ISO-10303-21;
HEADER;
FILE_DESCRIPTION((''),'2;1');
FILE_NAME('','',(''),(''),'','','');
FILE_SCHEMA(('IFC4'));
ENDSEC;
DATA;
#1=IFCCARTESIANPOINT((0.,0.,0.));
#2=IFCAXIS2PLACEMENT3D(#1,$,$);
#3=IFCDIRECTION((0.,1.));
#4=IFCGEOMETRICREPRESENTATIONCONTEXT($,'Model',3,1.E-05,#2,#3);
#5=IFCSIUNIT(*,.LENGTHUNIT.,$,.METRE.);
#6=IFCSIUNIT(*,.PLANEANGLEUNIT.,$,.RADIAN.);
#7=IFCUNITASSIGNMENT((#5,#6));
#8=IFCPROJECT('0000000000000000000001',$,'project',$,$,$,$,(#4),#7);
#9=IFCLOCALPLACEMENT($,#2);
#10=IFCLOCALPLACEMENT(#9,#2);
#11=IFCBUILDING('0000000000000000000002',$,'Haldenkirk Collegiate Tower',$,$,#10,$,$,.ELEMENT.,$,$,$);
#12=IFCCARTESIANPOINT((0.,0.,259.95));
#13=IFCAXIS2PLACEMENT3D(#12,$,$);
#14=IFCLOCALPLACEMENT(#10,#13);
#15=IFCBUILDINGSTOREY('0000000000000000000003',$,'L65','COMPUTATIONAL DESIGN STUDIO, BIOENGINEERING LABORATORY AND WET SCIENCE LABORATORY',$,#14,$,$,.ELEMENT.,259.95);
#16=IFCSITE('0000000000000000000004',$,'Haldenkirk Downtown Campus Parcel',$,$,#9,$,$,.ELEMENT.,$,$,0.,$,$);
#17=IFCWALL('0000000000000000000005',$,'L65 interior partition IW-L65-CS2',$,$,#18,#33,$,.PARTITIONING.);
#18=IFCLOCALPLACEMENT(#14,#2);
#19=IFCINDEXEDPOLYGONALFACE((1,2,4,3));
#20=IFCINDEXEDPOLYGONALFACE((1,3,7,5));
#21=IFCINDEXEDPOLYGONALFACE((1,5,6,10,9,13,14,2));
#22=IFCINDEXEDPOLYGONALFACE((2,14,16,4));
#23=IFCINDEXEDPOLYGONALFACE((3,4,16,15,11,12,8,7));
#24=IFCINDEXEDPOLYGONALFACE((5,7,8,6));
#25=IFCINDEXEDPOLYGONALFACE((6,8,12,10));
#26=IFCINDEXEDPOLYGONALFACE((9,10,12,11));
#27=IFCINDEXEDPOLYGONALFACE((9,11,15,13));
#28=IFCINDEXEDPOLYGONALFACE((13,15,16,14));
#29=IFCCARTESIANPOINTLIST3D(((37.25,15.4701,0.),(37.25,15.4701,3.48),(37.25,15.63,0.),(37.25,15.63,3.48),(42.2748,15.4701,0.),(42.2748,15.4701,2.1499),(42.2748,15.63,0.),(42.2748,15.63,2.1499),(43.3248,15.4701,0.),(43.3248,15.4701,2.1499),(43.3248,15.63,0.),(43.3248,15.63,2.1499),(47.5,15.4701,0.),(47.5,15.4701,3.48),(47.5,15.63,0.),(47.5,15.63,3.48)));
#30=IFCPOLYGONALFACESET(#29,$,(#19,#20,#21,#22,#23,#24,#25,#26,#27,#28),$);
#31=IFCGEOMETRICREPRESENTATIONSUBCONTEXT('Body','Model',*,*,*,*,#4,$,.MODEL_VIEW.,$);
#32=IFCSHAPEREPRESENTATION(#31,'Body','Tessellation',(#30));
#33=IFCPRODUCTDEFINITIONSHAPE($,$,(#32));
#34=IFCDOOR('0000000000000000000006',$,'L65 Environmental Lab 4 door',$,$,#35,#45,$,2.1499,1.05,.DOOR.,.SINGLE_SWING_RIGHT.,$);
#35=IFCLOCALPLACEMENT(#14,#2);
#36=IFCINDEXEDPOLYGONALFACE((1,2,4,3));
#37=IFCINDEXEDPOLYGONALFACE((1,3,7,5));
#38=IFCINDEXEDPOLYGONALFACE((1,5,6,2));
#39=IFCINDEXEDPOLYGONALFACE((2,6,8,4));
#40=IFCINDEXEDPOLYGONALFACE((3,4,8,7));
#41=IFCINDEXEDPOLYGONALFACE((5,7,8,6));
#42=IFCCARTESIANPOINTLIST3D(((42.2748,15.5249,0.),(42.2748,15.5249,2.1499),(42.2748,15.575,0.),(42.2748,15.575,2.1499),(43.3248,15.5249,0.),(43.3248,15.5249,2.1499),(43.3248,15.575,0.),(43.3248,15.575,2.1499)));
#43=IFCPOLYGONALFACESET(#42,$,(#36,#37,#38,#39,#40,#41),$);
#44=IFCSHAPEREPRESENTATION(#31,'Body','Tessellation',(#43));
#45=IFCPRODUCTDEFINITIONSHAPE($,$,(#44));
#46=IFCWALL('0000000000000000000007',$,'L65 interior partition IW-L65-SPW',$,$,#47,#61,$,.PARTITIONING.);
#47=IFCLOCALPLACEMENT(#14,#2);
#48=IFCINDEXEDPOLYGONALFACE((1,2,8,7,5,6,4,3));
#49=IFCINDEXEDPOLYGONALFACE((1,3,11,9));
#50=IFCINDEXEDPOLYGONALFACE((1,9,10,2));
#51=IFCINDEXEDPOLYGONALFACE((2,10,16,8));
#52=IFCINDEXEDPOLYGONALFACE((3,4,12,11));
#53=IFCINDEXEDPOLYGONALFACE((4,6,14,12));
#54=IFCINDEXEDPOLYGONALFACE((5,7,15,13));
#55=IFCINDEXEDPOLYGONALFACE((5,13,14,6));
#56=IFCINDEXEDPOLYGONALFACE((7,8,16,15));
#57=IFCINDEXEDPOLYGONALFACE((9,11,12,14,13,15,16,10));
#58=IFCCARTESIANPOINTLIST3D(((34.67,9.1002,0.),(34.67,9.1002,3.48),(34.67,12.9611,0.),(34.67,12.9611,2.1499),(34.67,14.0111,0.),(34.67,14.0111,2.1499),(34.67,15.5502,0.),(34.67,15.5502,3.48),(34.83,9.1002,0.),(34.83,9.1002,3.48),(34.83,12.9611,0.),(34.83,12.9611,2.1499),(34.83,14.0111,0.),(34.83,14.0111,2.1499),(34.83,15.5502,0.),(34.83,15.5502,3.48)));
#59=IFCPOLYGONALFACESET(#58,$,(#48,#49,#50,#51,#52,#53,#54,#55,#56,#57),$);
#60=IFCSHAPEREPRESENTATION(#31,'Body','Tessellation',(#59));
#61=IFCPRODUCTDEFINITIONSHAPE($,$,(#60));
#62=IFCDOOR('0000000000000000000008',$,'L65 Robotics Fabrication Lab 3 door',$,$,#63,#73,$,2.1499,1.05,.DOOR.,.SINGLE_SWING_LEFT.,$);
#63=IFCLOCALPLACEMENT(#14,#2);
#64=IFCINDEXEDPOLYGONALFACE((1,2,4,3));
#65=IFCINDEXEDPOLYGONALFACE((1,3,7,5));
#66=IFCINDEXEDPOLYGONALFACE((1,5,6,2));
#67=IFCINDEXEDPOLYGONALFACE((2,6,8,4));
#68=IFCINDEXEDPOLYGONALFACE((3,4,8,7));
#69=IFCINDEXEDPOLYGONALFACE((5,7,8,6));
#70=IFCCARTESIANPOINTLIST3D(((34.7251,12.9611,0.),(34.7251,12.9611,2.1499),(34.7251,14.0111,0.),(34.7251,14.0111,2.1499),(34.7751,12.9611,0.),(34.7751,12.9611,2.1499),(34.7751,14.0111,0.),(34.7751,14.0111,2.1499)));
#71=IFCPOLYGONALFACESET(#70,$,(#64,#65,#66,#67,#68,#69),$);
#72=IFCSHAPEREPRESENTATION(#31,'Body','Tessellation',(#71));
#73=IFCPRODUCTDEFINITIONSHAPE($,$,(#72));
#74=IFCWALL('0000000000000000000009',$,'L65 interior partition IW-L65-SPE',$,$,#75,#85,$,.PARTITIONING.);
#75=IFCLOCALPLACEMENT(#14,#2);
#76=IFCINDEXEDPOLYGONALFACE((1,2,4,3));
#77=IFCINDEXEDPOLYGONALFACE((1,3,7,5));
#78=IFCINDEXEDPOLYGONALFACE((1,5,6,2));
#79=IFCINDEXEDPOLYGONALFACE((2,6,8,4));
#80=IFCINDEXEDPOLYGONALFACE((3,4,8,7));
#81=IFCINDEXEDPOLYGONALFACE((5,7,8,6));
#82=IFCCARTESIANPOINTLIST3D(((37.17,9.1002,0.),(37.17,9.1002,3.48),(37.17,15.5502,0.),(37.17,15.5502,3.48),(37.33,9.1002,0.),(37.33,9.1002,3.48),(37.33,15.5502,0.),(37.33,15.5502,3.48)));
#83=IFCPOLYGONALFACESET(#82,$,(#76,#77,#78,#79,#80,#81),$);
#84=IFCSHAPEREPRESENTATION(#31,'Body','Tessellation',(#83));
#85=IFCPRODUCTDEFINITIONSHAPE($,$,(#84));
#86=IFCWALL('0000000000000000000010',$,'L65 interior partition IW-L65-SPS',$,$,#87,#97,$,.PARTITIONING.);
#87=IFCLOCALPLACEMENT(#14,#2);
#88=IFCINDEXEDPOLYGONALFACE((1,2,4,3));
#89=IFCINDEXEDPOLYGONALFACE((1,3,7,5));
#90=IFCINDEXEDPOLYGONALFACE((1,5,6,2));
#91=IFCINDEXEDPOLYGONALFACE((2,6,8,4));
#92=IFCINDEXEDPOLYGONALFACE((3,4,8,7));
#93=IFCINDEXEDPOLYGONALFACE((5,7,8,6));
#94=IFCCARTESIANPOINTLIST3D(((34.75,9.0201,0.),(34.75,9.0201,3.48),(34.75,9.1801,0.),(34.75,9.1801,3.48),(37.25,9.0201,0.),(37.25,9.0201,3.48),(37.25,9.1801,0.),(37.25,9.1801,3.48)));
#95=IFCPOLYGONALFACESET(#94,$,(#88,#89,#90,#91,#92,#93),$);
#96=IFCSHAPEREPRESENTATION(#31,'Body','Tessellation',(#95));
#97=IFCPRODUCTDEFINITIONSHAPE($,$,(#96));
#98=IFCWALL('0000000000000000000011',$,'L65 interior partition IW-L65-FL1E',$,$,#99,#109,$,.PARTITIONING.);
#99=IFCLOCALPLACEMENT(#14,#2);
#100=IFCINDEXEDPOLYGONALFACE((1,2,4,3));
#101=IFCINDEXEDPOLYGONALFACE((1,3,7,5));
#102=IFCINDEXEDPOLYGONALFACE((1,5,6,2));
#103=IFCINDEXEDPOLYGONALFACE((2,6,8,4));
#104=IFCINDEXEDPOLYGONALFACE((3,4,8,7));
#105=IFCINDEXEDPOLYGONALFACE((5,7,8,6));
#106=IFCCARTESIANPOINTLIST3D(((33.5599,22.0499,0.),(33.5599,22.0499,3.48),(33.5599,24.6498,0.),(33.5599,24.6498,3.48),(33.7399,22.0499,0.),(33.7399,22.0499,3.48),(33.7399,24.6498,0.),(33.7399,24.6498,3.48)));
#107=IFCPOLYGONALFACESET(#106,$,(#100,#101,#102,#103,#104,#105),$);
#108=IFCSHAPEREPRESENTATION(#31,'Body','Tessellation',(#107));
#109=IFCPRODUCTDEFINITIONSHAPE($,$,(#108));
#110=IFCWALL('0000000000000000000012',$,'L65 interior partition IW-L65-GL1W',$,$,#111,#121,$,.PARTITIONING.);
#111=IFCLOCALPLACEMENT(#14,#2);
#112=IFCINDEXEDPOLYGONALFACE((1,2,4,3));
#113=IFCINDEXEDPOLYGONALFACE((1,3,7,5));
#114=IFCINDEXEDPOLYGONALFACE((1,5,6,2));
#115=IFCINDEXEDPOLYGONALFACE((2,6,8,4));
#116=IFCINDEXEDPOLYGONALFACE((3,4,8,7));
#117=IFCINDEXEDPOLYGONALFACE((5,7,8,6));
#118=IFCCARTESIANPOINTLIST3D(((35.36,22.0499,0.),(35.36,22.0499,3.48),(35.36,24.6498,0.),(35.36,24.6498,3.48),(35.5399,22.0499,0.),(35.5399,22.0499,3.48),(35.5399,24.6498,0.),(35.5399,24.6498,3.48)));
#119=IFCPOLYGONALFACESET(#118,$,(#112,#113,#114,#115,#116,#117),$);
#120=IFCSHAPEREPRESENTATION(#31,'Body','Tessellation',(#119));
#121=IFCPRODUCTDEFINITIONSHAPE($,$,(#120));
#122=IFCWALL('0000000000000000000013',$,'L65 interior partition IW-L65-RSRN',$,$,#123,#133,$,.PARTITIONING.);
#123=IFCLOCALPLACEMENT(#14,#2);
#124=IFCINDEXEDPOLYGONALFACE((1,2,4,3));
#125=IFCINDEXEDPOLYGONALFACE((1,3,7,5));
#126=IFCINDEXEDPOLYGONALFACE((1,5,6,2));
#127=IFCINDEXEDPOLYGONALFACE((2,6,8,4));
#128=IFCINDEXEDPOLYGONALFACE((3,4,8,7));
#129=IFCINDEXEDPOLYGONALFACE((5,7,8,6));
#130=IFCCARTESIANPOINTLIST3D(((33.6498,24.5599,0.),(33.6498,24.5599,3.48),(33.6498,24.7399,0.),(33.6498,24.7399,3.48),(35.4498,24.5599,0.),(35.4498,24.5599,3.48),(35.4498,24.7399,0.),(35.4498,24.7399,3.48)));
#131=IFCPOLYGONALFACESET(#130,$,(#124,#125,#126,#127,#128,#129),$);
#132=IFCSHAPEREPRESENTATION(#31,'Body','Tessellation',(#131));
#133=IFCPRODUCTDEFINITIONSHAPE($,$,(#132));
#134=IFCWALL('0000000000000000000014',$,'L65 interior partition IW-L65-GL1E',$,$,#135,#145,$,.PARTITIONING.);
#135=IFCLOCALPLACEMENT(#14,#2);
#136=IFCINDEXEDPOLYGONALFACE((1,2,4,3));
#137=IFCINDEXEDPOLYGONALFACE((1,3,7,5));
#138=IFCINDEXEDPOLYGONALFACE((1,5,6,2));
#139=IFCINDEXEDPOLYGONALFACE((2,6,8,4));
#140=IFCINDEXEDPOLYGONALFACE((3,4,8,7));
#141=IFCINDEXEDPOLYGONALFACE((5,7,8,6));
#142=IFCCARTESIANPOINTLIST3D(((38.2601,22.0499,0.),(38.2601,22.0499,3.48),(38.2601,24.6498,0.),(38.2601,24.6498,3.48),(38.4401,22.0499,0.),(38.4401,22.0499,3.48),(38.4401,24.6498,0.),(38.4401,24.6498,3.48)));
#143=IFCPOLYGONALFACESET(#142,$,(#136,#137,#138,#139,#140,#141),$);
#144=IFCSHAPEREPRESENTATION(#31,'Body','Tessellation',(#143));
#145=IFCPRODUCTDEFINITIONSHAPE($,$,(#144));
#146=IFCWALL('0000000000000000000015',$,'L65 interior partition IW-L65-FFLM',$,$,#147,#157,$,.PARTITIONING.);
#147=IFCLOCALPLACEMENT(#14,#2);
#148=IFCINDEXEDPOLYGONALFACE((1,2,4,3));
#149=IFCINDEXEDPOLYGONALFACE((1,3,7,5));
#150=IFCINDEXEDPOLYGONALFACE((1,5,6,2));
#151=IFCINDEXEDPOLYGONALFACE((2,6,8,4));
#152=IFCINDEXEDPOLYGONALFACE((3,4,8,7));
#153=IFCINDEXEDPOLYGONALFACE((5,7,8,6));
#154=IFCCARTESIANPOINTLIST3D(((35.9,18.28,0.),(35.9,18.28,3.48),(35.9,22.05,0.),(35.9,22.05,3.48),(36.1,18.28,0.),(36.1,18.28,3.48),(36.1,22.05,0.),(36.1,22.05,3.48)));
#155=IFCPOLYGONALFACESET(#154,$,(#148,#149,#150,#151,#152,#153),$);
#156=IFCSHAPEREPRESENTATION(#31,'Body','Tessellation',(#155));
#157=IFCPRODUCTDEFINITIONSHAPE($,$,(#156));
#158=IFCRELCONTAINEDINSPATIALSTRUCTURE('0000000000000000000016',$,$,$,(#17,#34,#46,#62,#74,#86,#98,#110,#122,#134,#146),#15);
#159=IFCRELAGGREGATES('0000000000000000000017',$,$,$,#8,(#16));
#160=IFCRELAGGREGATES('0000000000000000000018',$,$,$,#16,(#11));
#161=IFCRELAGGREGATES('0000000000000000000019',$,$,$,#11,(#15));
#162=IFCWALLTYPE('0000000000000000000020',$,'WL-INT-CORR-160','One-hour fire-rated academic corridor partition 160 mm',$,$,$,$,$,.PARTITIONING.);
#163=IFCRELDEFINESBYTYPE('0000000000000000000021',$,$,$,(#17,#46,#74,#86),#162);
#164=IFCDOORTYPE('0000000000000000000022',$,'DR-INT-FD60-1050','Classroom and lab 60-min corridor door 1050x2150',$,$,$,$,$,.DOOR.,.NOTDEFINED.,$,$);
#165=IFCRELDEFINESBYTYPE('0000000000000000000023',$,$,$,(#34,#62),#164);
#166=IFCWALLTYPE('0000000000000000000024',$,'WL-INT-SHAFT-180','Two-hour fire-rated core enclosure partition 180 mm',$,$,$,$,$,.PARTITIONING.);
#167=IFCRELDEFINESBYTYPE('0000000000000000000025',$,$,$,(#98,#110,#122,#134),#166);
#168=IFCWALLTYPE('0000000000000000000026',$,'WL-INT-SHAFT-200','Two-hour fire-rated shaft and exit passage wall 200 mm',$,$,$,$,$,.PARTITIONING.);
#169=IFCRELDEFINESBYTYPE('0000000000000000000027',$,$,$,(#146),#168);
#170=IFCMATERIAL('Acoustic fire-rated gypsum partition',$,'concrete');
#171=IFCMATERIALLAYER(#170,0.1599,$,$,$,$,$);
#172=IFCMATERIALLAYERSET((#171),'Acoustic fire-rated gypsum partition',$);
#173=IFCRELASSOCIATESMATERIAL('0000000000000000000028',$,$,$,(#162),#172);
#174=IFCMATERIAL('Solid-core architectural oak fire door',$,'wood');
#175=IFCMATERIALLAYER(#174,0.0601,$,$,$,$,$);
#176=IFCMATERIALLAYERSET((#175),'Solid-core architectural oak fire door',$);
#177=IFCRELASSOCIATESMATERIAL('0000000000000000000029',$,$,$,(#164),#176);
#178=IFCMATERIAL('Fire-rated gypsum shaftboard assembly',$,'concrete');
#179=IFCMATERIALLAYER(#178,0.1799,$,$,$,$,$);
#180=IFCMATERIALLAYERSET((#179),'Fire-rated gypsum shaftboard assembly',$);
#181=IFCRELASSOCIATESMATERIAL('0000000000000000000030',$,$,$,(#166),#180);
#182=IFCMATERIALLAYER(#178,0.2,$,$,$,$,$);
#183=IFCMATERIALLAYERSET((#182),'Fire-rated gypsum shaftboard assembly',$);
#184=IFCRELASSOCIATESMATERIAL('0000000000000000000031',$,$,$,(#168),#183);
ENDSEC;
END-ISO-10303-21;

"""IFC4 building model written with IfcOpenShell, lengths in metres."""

from ifc_helpers import new_model, si_unit, direction, frame, frame_2d, origin, place, context, subcontext, project, spatial, rectangle, extrude, material, layer, layer_set, type_object, element, fill, save


model = new_model("IFC4")

# Units and contexts
model_context = context("Model", 3, precision=1e-05, world=origin(), true_north=direction((0.0, 1.0)))
body_context = subcontext(model_context, "Body", "Model", "MODEL_VIEW")
ifc_project = project(units=[si_unit("LENGTHUNIT", "METRE"), si_unit("PLANEANGLEUNIT", "RADIAN")], contexts=[model_context])

# Site, building, storey
site_placement = place(None, origin())
site = spatial("IfcSite", under=ifc_project, at=site_placement, Name="Haldenkirk Downtown Campus Parcel", CompositionType="ELEMENT", RefElevation=0.0)
building_placement = place(site_placement, origin())
building = spatial("IfcBuilding", under=site, at=building_placement, Name="Haldenkirk Collegiate Tower", CompositionType="ELEMENT")
storey_placement = place(building_placement, frame((0.0, 0.0, 259.95)))
storey = spatial("IfcBuildingStorey", under=building, at=storey_placement, Name="L65", Description="COMPUTATIONAL DESIGN STUDIO, BIOENGINEERING LABORATORY AND WET SCIENCE LABORATORY", CompositionType="ELEMENT", Elevation=259.95)

# Walls, openings, doors
ifc_material_1 = material(Name="Acoustic fire-rated gypsum partition", Category="concrete")
ifc_layer_1 = layer(ifc_material_1, 0.1599)
ifc_layer_set_1 = layer_set([ifc_layer_1], Name="Acoustic fire-rated gypsum partition")
wall_type_1 = type_object("IfcWallType", Name="WL-INT-CORR-160", Description="One-hour fire-rated academic corridor partition 160 mm", PredefinedType="PARTITIONING", material=ifc_layer_set_1)
wall_1_placement = place(storey_placement, frame((37.25, 15.55, 0.0), z_axis=(0.0, 0.0, 1.0), x_axis=(1.0, 0.0, 0.0)))
wall_1 = element("IfcWall", 1, at=wall_1_placement, inside=storey, type_object=wall_type_1, Name="L65 interior partition IW-L65-CS2", PredefinedType="PARTITIONING", context=body_context, shape_type="SweptSolid", body=[
    extrude(rectangle(XDim=10.25, YDim=0.1599, at=frame_2d((5.125, 0.0))), origin(), (0.0, 0.0, 1.0), 3.48),
])
opening_1_placement = place(wall_1_placement, frame((5.0249, 0.0, 0.0)))
opening_1 = element("IfcOpeningElement", 2, at=opening_1_placement, cuts=wall_1, PredefinedType="OPENING", context=body_context, shape_type="SweptSolid", body=[
    extrude(rectangle(XDim=1.05, YDim=2.1499, at=frame_2d((0.5249, 1.075))), frame((0.0, 0.0898, 0.0), z_axis=(0.0, -1.0, 0.0), x_axis=(1.0, 0.0, 0.0)), (0.0, 0.0, 1.0), 0.1799),
])
ifc_material_2 = material(Name="Solid-core architectural oak fire door", Category="wood")
ifc_layer_2 = layer(ifc_material_2, 0.0601)
ifc_layer_set_2 = layer_set([ifc_layer_2], Name="Solid-core architectural oak fire door")
door_type_1 = type_object("IfcDoorType", Name="DR-INT-FD60-1050", Description="Classroom and lab 60-min corridor door 1050x2150", OperationType="NOTDEFINED", PredefinedType="DOOR", material=ifc_layer_set_2)
door_1_placement = place(opening_1_placement, origin())
door_1 = element("IfcDoor", 3, at=door_1_placement, inside=storey, type_object=door_type_1, Name="L65 Environmental Lab 4 door", OperationType="SINGLE_SWING_RIGHT", OverallHeight=2.1499, OverallWidth=1.05, PredefinedType="DOOR", context=body_context, shape_type="SweptSolid", body=[
    extrude(rectangle(XDim=1.05, YDim=2.1499, at=frame_2d((0.5249, 1.075))), frame((0.0, 0.0249, 0.0), z_axis=(0.0, -1.0, 0.0), x_axis=(1.0, 0.0, 0.0)), (0.0, 0.0, 1.0), 0.05),
])
fill(opening_1, door_1)
wall_2_placement = place(storey_placement, frame((34.75, 9.1001, 0.0), z_axis=(0.0, 0.0, 1.0), x_axis=(0.0, 1.0, 0.0)))
wall_2 = element("IfcWall", 4, at=wall_2_placement, inside=storey, type_object=wall_type_1, Name="L65 interior partition IW-L65-SPW", PredefinedType="PARTITIONING", context=body_context, shape_type="SweptSolid", body=[
    extrude(rectangle(XDim=6.45, YDim=0.1599, at=frame_2d((3.2251, 0.0))), origin(), (0.0, 0.0, 1.0), 3.48),
])
opening_2_placement = place(wall_2_placement, frame((3.8611, 0.0, 0.0)))
opening_2 = element("IfcOpeningElement", 5, at=opening_2_placement, cuts=wall_2, PredefinedType="OPENING", context=body_context, shape_type="SweptSolid", body=[
    extrude(rectangle(XDim=1.05, YDim=2.1499, at=frame_2d((0.5249, 1.075))), frame((0.0, 0.0898, 0.0), z_axis=(0.0, -1.0, 0.0), x_axis=(1.0, 0.0, 0.0)), (0.0, 0.0, 1.0), 0.1799),
])
door_2_placement = place(opening_2_placement, origin())
door_2 = element("IfcDoor", 6, at=door_2_placement, inside=storey, type_object=door_type_1, Name="L65 Robotics Fabrication Lab 3 door", OperationType="SINGLE_SWING_LEFT", OverallHeight=2.1499, OverallWidth=1.05, PredefinedType="DOOR", context=body_context, shape_type="SweptSolid", body=[
    extrude(rectangle(XDim=1.05, YDim=2.1499, at=frame_2d((0.5249, 1.075))), frame((0.0, 0.0249, 0.0), z_axis=(0.0, -1.0, 0.0), x_axis=(1.0, 0.0, 0.0)), (0.0, 0.0, 1.0), 0.05),
])
fill(opening_2, door_2)

# Walls
wall_3_placement = place(storey_placement, frame((37.25, 9.1001, 0.0), z_axis=(0.0, 0.0, 1.0), x_axis=(0.0, 1.0, 0.0)))
element("IfcWall", 7, at=wall_3_placement, inside=storey, type_object=wall_type_1, Name="L65 interior partition IW-L65-SPE", PredefinedType="PARTITIONING", context=body_context, shape_type="SweptSolid", body=[
    extrude(rectangle(XDim=6.45, YDim=0.1599, at=frame_2d((3.2251, 0.0))), origin(), (0.0, 0.0, 1.0), 3.48),
])
wall_4_placement = place(storey_placement, frame((34.75, 9.1001, 0.0), z_axis=(0.0, 0.0, 1.0), x_axis=(1.0, 0.0, 0.0)))
element("IfcWall", 8, at=wall_4_placement, inside=storey, type_object=wall_type_1, Name="L65 interior partition IW-L65-SPS", PredefinedType="PARTITIONING", context=body_context, shape_type="SweptSolid", body=[
    extrude(rectangle(XDim=2.5, YDim=0.1599, at=frame_2d((1.25, 0.0))), origin(), (0.0, 0.0, 1.0), 3.48),
])
ifc_material_3 = material(Name="Fire-rated gypsum shaftboard assembly", Category="concrete")
ifc_layer_3 = layer(ifc_material_3, 0.1799)
ifc_layer_set_3 = layer_set([ifc_layer_3], Name="Fire-rated gypsum shaftboard assembly")
wall_type_2 = type_object("IfcWallType", Name="WL-INT-SHAFT-180", Description="Two-hour fire-rated core enclosure partition 180 mm", PredefinedType="PARTITIONING", material=ifc_layer_set_3)
for number, where, z_axis, x_axis, name in (
    (9, (33.6499, 22.05, 0.0), (0.0, 0.0, 1.0), (0.0, 1.0, 0.0), "L65 interior partition IW-L65-FL1E"),
    (10, (35.45, 22.05, 0.0), (0.0, 0.0, 1.0), (0.0, 1.0, 0.0), "L65 interior partition IW-L65-GL1W"),
):
    element("IfcWall", number, at=place(storey_placement, frame(where, z_axis=z_axis, x_axis=x_axis)), inside=storey, type_object=wall_type_2, Name=name, PredefinedType="PARTITIONING", context=body_context, shape_type="SweptSolid", body=[
        extrude(rectangle(XDim=2.5999, YDim=0.1799, at=frame_2d((1.2998, 0.0))), origin(), (0.0, 0.0, 1.0), 3.48),
    ])
wall_5_placement = place(storey_placement, frame((33.6499, 24.6499, 0.0), z_axis=(0.0, 0.0, 1.0), x_axis=(1.0, 0.0, 0.0)))
element("IfcWall", 11, at=wall_5_placement, inside=storey, type_object=wall_type_2, Name="L65 interior partition IW-L65-RSRN", PredefinedType="PARTITIONING", context=body_context, shape_type="SweptSolid", body=[
    extrude(rectangle(XDim=1.8, YDim=0.1799, at=frame_2d((0.8999, 0.0))), origin(), (0.0, 0.0, 1.0), 3.48),
])
wall_6_placement = place(storey_placement, frame((38.3501, 22.05, 0.0), z_axis=(0.0, 0.0, 1.0), x_axis=(0.0, 1.0, 0.0)))
element("IfcWall", 12, at=wall_6_placement, inside=storey, type_object=wall_type_2, Name="L65 interior partition IW-L65-GL1E", PredefinedType="PARTITIONING", context=body_context, shape_type="SweptSolid", body=[
    extrude(rectangle(XDim=2.5999, YDim=0.1799, at=frame_2d((1.2998, 0.0))), origin(), (0.0, 0.0, 1.0), 3.48),
])
ifc_layer_4 = layer(ifc_material_3, 0.2)
ifc_layer_set_4 = layer_set([ifc_layer_4], Name="Fire-rated gypsum shaftboard assembly")
wall_type_3 = type_object("IfcWallType", Name="WL-INT-SHAFT-200", Description="Two-hour fire-rated shaft and exit passage wall 200 mm", PredefinedType="PARTITIONING", material=ifc_layer_set_4)
wall_7_placement = place(storey_placement, frame((36.0, 18.28, 0.0), z_axis=(0.0, 0.0, 1.0), x_axis=(0.0, 1.0, 0.0)))
element("IfcWall", 13, at=wall_7_placement, inside=storey, type_object=wall_type_3, Name="L65 interior partition IW-L65-FFLM", PredefinedType="PARTITIONING", context=body_context, shape_type="SweptSolid", body=[
    extrude(rectangle(XDim=3.77, YDim=0.2, at=frame_2d((1.885, 0.0))), origin(), (0.0, 0.0, 1.0), 3.48),
])

save(model, "model.ifc")
